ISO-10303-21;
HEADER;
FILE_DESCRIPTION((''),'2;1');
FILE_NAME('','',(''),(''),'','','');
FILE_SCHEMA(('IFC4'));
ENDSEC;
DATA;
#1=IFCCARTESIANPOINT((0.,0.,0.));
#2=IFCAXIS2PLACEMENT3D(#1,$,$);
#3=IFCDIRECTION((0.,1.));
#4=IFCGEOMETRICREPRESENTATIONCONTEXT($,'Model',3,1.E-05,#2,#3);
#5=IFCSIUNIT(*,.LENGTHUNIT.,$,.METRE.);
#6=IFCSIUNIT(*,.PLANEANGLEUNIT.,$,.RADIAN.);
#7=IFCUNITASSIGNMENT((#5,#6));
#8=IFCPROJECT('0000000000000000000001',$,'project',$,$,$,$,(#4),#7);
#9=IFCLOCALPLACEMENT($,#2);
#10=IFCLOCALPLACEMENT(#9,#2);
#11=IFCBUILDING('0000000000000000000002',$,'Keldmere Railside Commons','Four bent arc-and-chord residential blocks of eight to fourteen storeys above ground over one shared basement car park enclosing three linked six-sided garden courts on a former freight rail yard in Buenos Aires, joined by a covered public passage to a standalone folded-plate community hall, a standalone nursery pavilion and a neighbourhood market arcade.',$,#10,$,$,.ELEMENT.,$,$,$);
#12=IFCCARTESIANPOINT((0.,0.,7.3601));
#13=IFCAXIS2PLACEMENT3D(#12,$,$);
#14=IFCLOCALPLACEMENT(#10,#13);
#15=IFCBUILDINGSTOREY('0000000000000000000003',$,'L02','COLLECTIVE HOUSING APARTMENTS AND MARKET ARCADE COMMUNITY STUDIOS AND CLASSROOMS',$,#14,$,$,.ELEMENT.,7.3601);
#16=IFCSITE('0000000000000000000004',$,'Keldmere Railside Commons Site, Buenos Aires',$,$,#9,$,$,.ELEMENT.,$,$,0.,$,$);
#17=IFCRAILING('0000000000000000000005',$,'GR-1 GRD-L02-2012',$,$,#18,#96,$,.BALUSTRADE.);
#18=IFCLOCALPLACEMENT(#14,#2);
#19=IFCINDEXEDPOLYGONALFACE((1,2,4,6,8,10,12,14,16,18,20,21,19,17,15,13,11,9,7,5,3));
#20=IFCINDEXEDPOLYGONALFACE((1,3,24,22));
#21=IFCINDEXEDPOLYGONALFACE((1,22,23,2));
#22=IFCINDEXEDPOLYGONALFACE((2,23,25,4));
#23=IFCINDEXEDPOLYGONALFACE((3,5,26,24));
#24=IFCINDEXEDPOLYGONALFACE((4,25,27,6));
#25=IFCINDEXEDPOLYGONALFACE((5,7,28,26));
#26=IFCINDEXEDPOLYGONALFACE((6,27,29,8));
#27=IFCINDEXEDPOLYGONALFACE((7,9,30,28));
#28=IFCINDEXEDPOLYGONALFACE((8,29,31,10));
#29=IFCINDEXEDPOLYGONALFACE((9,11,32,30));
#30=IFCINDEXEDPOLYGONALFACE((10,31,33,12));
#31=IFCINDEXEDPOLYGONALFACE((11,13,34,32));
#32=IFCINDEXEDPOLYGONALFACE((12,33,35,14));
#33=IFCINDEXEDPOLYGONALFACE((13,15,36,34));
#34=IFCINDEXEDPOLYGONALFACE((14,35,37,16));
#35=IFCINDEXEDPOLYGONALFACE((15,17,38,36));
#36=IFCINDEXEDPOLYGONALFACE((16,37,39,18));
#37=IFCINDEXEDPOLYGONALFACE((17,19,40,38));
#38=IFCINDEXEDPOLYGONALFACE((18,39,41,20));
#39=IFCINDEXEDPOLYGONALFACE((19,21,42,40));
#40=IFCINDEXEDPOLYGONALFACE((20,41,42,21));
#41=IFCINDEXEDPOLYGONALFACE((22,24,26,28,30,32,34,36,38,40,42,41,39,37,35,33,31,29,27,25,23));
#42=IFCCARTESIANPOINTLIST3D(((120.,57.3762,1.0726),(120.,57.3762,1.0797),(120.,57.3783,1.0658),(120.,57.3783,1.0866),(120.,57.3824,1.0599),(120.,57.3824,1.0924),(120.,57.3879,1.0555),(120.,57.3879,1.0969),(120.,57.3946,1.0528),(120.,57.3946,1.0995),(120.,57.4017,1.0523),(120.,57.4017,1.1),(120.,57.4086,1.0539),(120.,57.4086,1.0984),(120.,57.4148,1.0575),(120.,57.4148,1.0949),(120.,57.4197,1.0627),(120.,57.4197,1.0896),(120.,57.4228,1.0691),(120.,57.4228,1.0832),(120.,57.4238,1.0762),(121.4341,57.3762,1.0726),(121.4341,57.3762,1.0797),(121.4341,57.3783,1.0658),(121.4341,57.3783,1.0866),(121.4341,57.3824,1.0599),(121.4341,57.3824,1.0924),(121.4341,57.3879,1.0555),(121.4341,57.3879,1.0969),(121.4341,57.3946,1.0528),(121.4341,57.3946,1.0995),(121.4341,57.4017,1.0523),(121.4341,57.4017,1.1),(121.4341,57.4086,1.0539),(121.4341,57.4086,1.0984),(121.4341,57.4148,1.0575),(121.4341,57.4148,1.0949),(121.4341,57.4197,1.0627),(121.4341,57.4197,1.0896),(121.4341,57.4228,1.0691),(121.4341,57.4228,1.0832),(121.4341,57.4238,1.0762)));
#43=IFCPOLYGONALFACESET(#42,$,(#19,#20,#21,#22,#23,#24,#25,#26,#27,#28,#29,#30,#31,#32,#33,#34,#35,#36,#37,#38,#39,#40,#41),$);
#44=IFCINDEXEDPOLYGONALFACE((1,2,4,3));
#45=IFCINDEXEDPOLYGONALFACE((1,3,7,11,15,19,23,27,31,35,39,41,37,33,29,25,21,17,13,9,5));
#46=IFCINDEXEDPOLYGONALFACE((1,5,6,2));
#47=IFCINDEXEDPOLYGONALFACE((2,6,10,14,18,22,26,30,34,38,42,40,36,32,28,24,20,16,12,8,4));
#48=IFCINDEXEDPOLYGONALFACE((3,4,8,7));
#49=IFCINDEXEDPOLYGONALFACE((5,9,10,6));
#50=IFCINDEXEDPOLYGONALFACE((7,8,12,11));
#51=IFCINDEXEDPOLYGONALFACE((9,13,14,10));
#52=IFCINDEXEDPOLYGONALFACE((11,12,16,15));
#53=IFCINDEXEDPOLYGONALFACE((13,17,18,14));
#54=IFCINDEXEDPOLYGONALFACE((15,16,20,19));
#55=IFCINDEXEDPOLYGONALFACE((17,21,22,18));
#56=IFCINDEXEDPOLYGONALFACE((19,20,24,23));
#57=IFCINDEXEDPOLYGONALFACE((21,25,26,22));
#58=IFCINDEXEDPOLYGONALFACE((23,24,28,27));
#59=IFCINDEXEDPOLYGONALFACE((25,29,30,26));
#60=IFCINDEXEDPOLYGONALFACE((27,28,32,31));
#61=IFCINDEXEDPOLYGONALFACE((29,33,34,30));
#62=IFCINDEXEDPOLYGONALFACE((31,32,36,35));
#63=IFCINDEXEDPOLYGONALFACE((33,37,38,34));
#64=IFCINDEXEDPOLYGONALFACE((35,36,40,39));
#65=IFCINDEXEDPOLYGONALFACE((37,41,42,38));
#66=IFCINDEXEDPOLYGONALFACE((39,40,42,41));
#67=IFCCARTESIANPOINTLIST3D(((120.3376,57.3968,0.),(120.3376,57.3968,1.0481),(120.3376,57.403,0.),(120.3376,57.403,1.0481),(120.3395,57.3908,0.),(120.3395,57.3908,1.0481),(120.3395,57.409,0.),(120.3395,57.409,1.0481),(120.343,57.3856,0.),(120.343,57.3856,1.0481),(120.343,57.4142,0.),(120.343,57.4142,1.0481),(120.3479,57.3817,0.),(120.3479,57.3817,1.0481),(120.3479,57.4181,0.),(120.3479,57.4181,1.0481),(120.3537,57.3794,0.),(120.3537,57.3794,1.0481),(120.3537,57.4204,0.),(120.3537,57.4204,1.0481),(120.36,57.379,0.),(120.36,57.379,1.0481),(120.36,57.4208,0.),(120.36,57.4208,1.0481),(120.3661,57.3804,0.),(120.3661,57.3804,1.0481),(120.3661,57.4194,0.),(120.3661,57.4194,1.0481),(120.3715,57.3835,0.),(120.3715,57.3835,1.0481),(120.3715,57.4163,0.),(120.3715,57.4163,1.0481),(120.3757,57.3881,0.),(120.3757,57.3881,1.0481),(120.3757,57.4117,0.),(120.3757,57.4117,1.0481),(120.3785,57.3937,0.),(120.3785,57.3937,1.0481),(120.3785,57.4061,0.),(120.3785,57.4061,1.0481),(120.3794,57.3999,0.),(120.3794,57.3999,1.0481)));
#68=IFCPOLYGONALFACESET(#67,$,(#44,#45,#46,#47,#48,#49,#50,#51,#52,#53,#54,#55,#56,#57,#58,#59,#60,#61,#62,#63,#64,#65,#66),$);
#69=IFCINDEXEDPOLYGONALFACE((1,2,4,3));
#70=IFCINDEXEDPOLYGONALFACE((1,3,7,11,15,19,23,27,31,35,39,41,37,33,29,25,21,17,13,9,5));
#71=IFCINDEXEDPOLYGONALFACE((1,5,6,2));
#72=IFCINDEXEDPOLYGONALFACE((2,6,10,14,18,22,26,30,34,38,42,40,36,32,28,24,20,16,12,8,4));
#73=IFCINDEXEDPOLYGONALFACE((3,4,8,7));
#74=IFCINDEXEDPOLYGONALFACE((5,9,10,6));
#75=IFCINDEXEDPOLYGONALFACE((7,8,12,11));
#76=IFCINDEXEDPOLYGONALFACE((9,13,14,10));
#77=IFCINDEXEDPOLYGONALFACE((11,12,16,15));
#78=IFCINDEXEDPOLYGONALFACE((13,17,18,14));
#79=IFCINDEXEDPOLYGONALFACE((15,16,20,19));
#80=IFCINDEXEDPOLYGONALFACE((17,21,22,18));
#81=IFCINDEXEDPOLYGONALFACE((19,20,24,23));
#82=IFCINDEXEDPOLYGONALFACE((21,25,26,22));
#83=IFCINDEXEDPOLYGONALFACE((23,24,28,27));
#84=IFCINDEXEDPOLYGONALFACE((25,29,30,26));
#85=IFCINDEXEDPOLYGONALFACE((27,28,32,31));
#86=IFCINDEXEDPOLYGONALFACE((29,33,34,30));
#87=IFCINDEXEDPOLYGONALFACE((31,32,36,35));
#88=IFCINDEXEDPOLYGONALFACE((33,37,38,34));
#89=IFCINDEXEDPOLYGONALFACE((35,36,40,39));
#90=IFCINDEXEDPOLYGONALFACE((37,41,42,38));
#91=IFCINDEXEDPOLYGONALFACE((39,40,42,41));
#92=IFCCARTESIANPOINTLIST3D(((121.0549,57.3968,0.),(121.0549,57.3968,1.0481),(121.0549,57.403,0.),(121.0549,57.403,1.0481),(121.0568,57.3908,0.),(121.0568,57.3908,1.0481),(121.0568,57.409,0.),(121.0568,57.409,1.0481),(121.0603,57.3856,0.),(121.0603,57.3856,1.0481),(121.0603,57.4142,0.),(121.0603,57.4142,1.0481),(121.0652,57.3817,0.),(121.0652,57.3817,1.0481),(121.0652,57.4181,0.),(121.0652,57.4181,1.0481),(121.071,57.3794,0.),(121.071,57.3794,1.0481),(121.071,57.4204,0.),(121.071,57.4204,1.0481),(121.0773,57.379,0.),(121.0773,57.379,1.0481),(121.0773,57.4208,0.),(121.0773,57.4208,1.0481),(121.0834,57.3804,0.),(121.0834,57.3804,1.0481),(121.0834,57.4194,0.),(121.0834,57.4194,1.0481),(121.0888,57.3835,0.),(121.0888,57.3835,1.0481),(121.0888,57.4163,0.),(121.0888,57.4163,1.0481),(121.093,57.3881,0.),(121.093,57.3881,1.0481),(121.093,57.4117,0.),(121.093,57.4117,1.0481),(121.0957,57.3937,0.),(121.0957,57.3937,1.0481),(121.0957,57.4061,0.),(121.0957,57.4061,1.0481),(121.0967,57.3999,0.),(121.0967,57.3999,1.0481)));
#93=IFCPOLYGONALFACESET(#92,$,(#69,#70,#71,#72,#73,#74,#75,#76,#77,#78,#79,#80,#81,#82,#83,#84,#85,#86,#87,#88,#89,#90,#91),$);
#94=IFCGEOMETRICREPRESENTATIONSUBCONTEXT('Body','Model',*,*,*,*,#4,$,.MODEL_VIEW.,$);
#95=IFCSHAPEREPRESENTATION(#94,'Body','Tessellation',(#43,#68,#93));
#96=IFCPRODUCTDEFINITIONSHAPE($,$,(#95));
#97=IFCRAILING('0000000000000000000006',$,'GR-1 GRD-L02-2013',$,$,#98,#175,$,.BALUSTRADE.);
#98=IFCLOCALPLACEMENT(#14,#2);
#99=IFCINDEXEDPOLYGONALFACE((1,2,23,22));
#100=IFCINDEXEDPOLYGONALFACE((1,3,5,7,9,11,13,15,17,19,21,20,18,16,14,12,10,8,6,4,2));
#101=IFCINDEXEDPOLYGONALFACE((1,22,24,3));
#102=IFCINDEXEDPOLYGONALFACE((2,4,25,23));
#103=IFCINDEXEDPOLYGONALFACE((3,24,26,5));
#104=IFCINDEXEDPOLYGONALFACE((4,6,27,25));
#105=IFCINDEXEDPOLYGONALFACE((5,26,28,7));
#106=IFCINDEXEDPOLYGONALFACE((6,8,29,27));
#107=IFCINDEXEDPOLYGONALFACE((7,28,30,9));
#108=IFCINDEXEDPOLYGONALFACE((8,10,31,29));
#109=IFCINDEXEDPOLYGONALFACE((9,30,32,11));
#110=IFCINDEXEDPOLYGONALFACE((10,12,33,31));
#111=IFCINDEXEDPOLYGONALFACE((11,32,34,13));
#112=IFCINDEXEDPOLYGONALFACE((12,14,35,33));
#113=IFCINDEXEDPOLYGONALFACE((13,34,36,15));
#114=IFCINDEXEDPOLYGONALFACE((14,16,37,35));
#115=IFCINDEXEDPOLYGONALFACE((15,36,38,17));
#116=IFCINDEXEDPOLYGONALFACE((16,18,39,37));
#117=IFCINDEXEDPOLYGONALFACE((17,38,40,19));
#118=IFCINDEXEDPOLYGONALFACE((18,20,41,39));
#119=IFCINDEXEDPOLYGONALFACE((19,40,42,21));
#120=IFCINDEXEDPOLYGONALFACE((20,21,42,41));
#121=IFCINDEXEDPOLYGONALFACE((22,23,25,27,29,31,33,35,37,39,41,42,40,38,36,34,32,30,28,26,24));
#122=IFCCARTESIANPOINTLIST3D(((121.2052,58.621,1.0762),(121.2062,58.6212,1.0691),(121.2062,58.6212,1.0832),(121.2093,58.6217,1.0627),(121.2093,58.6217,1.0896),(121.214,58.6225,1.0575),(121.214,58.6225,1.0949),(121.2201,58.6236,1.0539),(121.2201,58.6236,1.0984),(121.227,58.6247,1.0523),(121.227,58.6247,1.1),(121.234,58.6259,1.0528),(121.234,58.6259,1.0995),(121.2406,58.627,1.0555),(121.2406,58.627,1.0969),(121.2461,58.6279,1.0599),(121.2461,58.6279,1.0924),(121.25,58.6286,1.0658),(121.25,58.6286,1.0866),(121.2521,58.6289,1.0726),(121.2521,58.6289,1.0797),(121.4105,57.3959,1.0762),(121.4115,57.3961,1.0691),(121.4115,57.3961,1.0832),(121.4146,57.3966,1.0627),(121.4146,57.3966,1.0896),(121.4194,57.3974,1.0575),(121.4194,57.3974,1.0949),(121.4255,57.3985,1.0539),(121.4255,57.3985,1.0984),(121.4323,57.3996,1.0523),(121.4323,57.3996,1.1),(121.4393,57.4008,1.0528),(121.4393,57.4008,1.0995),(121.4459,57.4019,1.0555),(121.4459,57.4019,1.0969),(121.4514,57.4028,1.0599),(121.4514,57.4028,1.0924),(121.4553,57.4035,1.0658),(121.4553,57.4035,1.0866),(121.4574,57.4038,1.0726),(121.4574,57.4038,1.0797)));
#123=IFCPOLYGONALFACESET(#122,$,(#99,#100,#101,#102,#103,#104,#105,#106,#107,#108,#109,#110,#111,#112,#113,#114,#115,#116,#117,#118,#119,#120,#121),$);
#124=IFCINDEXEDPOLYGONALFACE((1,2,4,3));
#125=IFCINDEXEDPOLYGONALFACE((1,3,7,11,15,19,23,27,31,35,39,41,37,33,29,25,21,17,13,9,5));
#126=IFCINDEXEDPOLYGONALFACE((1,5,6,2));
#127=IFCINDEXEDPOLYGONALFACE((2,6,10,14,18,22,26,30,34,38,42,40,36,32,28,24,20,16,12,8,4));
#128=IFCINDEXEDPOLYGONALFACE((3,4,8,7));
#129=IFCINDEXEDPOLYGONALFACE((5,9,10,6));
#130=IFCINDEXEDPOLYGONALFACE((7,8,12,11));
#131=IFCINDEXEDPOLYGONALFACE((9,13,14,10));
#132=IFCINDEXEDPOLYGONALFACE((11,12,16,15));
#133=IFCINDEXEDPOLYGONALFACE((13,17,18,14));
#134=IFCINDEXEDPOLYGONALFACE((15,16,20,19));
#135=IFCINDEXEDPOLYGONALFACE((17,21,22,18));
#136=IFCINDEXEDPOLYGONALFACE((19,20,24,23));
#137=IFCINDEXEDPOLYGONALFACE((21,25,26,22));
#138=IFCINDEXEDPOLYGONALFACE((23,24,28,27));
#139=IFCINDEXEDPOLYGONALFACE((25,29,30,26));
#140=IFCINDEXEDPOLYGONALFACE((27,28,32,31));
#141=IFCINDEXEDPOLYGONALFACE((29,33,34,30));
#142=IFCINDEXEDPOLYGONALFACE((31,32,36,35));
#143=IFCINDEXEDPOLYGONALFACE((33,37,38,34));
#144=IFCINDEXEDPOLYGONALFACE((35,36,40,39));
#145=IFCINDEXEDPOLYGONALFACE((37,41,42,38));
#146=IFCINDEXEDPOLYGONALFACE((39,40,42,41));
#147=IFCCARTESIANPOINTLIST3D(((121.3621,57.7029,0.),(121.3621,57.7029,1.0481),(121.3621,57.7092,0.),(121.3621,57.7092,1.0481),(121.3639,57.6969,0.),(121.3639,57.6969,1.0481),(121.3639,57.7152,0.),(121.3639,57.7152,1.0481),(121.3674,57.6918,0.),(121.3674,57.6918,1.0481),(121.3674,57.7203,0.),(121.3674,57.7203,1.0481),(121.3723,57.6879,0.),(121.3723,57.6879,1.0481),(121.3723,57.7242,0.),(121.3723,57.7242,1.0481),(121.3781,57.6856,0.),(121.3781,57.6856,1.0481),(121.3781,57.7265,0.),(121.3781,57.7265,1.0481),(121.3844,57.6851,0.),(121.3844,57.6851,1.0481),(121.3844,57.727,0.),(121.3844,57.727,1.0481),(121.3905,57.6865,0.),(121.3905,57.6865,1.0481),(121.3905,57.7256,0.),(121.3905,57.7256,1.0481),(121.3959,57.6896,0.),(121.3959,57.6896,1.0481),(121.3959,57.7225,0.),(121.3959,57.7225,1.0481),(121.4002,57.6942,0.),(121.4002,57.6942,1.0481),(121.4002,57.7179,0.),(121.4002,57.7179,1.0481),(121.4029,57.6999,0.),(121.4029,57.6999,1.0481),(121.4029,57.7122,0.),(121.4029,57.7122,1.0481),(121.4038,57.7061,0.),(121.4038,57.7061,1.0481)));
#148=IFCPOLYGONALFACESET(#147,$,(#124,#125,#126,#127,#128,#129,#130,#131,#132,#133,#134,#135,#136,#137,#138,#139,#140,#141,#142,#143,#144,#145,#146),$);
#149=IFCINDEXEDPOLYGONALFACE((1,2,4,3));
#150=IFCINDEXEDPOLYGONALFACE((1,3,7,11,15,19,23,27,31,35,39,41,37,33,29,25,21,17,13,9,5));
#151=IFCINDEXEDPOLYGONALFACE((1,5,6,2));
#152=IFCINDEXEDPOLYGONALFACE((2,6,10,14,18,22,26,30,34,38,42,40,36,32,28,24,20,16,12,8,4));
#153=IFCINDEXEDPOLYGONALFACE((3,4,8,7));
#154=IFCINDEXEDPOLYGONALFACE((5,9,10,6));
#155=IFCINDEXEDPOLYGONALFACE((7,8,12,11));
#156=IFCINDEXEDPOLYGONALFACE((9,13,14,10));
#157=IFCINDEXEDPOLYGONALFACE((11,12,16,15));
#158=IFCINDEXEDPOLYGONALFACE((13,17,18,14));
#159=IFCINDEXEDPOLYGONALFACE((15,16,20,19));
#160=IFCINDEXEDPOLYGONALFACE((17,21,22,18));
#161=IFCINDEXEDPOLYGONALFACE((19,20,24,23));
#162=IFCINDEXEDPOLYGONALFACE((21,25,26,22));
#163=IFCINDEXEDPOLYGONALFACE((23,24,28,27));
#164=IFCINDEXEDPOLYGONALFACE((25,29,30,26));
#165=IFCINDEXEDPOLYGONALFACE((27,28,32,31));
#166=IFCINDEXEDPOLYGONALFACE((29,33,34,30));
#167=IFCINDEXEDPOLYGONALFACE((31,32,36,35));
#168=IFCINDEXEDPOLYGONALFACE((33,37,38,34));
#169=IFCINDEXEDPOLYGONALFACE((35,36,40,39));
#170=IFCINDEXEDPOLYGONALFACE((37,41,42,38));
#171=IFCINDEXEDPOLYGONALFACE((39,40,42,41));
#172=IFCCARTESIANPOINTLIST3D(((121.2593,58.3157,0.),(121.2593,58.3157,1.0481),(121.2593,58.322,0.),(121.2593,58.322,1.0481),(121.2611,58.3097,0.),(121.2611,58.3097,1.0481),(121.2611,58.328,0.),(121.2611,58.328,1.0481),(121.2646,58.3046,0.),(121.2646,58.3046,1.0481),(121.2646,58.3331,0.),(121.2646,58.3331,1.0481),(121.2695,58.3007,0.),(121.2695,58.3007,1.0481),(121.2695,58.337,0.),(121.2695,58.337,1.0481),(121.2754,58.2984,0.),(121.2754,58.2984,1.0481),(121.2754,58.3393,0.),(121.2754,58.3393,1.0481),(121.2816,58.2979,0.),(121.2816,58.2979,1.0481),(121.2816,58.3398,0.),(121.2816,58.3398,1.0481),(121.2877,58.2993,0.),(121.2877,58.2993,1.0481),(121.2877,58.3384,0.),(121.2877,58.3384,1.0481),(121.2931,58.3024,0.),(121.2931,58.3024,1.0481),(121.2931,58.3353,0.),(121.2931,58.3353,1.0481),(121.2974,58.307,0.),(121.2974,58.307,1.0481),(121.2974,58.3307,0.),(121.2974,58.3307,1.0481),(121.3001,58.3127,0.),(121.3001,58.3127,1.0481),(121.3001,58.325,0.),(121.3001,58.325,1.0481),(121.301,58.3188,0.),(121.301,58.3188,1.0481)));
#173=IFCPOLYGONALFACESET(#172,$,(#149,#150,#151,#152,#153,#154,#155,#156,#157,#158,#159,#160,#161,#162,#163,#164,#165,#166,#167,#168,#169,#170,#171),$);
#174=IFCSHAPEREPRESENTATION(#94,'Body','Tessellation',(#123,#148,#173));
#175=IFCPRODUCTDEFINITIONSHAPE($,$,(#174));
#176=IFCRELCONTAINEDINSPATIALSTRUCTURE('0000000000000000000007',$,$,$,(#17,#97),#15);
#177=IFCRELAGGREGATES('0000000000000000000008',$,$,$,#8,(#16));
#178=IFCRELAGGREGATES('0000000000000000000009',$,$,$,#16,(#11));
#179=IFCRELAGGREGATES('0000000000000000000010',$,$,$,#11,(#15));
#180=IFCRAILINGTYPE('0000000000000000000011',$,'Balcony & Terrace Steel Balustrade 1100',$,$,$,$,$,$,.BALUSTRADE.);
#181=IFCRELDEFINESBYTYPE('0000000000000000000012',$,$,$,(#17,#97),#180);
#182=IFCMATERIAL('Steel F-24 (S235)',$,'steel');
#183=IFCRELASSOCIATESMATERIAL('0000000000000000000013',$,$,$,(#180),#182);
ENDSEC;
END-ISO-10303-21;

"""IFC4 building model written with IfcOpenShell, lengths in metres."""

from ifc_helpers import new_model, si_unit, direction, frame, origin, origin_2d, place, context, subcontext, project, spatial, circle, extrude, material, type_object, element, save


model = new_model("IFC4")

# Units and contexts
model_context = context("Model", 3, precision=1e-05, world=origin(), true_north=direction((0.0, 1.0)))
body_context = subcontext(model_context, "Body", "Model", "MODEL_VIEW")
ifc_project = project(units=[si_unit("LENGTHUNIT", "METRE"), si_unit("PLANEANGLEUNIT", "RADIAN")], contexts=[model_context])

# Site, building, storey
site_placement = place(None, origin())
site = spatial("IfcSite", under=ifc_project, at=site_placement, Name="Keldmere Railside Commons Site, Buenos Aires", CompositionType="ELEMENT", RefElevation=0.0)
building_placement = place(site_placement, origin())
building = spatial("IfcBuilding", under=site, at=building_placement, Name="Keldmere Railside Commons", Description="Four bent arc-and-chord residential blocks of eight to fourteen storeys above ground over one shared basement car park enclosing three linked six-sided garden courts on a former freight rail yard in Buenos Aires, joined by a covered public passage to a standalone folded-plate community hall, a standalone nursery pavilion and a neighbourhood market arcade.", CompositionType="ELEMENT")
storey_placement = place(building_placement, frame((0.0, 0.0, 7.3601)))
storey = spatial("IfcBuildingStorey", under=building, at=storey_placement, Name="L02", Description="COLLECTIVE HOUSING APARTMENTS AND MARKET ARCADE COMMUNITY STUDIOS AND CLASSROOMS", CompositionType="ELEMENT", Elevation=7.3601)

# Railings
ifc_material_1 = material(Name="Steel F-24 (S235)", Category="steel")
railing_type = type_object("IfcRailingType", Name="Balcony & Terrace Steel Balustrade 1100", PredefinedType="BALUSTRADE", material=ifc_material_1)
railing_1_placement = place(storey_placement, frame((120.0, 57.3999, 0.0)))
element("IfcRailing", 1, at=railing_1_placement, inside=storey, type_object=railing_type, Name="GR-1 GRD-L02-2012", PredefinedType="BALUSTRADE", context=body_context, shape_type="SweptSolid", body=[
    extrude(circle(Radius=0.0239, at=origin_2d()), frame((0.0, 0.0, 1.0762), z_axis=(1.0, 0.0, 0.0), x_axis=(0.0, 1.0, 0.0)), (0.0, 0.0, 1.0), 1.4341),
    extrude(circle(Radius=0.021, at=origin_2d()), frame((0.3584, 0.0, 0.0)), (0.0, 0.0, 1.0), 1.0481),
    extrude(circle(Radius=0.021, at=origin_2d()), frame((1.0757, 0.0, 0.0)), (0.0, 0.0, 1.0), 1.0481),
])
railing_2_placement = place(storey_placement, frame((121.4341, 57.3999, 0.0)))
element("IfcRailing", 2, at=railing_2_placement, inside=storey, type_object=railing_type, Name="GR-1 GRD-L02-2013", PredefinedType="BALUSTRADE", context=body_context, shape_type="SweptSolid", body=[
    extrude(circle(Radius=0.0239, at=origin_2d()), frame((0.0, 0.0, 1.0762), z_axis=(-0.165291, 0.986245, 0.0), x_axis=(-0.986245, -0.165291, 0.0)), (0.0, 0.0, 1.0), 1.2422),
    extrude(circle(Radius=0.021, at=origin_2d()), frame((-0.0513, 0.3062, 0.0)), (0.0, 0.0, 1.0), 1.0481),
    extrude(circle(Radius=0.021, at=origin_2d()), frame((-0.1541, 0.9189, 0.0)), (0.0, 0.0, 1.0), 1.0481),
])

save(model, "model.ifc")
